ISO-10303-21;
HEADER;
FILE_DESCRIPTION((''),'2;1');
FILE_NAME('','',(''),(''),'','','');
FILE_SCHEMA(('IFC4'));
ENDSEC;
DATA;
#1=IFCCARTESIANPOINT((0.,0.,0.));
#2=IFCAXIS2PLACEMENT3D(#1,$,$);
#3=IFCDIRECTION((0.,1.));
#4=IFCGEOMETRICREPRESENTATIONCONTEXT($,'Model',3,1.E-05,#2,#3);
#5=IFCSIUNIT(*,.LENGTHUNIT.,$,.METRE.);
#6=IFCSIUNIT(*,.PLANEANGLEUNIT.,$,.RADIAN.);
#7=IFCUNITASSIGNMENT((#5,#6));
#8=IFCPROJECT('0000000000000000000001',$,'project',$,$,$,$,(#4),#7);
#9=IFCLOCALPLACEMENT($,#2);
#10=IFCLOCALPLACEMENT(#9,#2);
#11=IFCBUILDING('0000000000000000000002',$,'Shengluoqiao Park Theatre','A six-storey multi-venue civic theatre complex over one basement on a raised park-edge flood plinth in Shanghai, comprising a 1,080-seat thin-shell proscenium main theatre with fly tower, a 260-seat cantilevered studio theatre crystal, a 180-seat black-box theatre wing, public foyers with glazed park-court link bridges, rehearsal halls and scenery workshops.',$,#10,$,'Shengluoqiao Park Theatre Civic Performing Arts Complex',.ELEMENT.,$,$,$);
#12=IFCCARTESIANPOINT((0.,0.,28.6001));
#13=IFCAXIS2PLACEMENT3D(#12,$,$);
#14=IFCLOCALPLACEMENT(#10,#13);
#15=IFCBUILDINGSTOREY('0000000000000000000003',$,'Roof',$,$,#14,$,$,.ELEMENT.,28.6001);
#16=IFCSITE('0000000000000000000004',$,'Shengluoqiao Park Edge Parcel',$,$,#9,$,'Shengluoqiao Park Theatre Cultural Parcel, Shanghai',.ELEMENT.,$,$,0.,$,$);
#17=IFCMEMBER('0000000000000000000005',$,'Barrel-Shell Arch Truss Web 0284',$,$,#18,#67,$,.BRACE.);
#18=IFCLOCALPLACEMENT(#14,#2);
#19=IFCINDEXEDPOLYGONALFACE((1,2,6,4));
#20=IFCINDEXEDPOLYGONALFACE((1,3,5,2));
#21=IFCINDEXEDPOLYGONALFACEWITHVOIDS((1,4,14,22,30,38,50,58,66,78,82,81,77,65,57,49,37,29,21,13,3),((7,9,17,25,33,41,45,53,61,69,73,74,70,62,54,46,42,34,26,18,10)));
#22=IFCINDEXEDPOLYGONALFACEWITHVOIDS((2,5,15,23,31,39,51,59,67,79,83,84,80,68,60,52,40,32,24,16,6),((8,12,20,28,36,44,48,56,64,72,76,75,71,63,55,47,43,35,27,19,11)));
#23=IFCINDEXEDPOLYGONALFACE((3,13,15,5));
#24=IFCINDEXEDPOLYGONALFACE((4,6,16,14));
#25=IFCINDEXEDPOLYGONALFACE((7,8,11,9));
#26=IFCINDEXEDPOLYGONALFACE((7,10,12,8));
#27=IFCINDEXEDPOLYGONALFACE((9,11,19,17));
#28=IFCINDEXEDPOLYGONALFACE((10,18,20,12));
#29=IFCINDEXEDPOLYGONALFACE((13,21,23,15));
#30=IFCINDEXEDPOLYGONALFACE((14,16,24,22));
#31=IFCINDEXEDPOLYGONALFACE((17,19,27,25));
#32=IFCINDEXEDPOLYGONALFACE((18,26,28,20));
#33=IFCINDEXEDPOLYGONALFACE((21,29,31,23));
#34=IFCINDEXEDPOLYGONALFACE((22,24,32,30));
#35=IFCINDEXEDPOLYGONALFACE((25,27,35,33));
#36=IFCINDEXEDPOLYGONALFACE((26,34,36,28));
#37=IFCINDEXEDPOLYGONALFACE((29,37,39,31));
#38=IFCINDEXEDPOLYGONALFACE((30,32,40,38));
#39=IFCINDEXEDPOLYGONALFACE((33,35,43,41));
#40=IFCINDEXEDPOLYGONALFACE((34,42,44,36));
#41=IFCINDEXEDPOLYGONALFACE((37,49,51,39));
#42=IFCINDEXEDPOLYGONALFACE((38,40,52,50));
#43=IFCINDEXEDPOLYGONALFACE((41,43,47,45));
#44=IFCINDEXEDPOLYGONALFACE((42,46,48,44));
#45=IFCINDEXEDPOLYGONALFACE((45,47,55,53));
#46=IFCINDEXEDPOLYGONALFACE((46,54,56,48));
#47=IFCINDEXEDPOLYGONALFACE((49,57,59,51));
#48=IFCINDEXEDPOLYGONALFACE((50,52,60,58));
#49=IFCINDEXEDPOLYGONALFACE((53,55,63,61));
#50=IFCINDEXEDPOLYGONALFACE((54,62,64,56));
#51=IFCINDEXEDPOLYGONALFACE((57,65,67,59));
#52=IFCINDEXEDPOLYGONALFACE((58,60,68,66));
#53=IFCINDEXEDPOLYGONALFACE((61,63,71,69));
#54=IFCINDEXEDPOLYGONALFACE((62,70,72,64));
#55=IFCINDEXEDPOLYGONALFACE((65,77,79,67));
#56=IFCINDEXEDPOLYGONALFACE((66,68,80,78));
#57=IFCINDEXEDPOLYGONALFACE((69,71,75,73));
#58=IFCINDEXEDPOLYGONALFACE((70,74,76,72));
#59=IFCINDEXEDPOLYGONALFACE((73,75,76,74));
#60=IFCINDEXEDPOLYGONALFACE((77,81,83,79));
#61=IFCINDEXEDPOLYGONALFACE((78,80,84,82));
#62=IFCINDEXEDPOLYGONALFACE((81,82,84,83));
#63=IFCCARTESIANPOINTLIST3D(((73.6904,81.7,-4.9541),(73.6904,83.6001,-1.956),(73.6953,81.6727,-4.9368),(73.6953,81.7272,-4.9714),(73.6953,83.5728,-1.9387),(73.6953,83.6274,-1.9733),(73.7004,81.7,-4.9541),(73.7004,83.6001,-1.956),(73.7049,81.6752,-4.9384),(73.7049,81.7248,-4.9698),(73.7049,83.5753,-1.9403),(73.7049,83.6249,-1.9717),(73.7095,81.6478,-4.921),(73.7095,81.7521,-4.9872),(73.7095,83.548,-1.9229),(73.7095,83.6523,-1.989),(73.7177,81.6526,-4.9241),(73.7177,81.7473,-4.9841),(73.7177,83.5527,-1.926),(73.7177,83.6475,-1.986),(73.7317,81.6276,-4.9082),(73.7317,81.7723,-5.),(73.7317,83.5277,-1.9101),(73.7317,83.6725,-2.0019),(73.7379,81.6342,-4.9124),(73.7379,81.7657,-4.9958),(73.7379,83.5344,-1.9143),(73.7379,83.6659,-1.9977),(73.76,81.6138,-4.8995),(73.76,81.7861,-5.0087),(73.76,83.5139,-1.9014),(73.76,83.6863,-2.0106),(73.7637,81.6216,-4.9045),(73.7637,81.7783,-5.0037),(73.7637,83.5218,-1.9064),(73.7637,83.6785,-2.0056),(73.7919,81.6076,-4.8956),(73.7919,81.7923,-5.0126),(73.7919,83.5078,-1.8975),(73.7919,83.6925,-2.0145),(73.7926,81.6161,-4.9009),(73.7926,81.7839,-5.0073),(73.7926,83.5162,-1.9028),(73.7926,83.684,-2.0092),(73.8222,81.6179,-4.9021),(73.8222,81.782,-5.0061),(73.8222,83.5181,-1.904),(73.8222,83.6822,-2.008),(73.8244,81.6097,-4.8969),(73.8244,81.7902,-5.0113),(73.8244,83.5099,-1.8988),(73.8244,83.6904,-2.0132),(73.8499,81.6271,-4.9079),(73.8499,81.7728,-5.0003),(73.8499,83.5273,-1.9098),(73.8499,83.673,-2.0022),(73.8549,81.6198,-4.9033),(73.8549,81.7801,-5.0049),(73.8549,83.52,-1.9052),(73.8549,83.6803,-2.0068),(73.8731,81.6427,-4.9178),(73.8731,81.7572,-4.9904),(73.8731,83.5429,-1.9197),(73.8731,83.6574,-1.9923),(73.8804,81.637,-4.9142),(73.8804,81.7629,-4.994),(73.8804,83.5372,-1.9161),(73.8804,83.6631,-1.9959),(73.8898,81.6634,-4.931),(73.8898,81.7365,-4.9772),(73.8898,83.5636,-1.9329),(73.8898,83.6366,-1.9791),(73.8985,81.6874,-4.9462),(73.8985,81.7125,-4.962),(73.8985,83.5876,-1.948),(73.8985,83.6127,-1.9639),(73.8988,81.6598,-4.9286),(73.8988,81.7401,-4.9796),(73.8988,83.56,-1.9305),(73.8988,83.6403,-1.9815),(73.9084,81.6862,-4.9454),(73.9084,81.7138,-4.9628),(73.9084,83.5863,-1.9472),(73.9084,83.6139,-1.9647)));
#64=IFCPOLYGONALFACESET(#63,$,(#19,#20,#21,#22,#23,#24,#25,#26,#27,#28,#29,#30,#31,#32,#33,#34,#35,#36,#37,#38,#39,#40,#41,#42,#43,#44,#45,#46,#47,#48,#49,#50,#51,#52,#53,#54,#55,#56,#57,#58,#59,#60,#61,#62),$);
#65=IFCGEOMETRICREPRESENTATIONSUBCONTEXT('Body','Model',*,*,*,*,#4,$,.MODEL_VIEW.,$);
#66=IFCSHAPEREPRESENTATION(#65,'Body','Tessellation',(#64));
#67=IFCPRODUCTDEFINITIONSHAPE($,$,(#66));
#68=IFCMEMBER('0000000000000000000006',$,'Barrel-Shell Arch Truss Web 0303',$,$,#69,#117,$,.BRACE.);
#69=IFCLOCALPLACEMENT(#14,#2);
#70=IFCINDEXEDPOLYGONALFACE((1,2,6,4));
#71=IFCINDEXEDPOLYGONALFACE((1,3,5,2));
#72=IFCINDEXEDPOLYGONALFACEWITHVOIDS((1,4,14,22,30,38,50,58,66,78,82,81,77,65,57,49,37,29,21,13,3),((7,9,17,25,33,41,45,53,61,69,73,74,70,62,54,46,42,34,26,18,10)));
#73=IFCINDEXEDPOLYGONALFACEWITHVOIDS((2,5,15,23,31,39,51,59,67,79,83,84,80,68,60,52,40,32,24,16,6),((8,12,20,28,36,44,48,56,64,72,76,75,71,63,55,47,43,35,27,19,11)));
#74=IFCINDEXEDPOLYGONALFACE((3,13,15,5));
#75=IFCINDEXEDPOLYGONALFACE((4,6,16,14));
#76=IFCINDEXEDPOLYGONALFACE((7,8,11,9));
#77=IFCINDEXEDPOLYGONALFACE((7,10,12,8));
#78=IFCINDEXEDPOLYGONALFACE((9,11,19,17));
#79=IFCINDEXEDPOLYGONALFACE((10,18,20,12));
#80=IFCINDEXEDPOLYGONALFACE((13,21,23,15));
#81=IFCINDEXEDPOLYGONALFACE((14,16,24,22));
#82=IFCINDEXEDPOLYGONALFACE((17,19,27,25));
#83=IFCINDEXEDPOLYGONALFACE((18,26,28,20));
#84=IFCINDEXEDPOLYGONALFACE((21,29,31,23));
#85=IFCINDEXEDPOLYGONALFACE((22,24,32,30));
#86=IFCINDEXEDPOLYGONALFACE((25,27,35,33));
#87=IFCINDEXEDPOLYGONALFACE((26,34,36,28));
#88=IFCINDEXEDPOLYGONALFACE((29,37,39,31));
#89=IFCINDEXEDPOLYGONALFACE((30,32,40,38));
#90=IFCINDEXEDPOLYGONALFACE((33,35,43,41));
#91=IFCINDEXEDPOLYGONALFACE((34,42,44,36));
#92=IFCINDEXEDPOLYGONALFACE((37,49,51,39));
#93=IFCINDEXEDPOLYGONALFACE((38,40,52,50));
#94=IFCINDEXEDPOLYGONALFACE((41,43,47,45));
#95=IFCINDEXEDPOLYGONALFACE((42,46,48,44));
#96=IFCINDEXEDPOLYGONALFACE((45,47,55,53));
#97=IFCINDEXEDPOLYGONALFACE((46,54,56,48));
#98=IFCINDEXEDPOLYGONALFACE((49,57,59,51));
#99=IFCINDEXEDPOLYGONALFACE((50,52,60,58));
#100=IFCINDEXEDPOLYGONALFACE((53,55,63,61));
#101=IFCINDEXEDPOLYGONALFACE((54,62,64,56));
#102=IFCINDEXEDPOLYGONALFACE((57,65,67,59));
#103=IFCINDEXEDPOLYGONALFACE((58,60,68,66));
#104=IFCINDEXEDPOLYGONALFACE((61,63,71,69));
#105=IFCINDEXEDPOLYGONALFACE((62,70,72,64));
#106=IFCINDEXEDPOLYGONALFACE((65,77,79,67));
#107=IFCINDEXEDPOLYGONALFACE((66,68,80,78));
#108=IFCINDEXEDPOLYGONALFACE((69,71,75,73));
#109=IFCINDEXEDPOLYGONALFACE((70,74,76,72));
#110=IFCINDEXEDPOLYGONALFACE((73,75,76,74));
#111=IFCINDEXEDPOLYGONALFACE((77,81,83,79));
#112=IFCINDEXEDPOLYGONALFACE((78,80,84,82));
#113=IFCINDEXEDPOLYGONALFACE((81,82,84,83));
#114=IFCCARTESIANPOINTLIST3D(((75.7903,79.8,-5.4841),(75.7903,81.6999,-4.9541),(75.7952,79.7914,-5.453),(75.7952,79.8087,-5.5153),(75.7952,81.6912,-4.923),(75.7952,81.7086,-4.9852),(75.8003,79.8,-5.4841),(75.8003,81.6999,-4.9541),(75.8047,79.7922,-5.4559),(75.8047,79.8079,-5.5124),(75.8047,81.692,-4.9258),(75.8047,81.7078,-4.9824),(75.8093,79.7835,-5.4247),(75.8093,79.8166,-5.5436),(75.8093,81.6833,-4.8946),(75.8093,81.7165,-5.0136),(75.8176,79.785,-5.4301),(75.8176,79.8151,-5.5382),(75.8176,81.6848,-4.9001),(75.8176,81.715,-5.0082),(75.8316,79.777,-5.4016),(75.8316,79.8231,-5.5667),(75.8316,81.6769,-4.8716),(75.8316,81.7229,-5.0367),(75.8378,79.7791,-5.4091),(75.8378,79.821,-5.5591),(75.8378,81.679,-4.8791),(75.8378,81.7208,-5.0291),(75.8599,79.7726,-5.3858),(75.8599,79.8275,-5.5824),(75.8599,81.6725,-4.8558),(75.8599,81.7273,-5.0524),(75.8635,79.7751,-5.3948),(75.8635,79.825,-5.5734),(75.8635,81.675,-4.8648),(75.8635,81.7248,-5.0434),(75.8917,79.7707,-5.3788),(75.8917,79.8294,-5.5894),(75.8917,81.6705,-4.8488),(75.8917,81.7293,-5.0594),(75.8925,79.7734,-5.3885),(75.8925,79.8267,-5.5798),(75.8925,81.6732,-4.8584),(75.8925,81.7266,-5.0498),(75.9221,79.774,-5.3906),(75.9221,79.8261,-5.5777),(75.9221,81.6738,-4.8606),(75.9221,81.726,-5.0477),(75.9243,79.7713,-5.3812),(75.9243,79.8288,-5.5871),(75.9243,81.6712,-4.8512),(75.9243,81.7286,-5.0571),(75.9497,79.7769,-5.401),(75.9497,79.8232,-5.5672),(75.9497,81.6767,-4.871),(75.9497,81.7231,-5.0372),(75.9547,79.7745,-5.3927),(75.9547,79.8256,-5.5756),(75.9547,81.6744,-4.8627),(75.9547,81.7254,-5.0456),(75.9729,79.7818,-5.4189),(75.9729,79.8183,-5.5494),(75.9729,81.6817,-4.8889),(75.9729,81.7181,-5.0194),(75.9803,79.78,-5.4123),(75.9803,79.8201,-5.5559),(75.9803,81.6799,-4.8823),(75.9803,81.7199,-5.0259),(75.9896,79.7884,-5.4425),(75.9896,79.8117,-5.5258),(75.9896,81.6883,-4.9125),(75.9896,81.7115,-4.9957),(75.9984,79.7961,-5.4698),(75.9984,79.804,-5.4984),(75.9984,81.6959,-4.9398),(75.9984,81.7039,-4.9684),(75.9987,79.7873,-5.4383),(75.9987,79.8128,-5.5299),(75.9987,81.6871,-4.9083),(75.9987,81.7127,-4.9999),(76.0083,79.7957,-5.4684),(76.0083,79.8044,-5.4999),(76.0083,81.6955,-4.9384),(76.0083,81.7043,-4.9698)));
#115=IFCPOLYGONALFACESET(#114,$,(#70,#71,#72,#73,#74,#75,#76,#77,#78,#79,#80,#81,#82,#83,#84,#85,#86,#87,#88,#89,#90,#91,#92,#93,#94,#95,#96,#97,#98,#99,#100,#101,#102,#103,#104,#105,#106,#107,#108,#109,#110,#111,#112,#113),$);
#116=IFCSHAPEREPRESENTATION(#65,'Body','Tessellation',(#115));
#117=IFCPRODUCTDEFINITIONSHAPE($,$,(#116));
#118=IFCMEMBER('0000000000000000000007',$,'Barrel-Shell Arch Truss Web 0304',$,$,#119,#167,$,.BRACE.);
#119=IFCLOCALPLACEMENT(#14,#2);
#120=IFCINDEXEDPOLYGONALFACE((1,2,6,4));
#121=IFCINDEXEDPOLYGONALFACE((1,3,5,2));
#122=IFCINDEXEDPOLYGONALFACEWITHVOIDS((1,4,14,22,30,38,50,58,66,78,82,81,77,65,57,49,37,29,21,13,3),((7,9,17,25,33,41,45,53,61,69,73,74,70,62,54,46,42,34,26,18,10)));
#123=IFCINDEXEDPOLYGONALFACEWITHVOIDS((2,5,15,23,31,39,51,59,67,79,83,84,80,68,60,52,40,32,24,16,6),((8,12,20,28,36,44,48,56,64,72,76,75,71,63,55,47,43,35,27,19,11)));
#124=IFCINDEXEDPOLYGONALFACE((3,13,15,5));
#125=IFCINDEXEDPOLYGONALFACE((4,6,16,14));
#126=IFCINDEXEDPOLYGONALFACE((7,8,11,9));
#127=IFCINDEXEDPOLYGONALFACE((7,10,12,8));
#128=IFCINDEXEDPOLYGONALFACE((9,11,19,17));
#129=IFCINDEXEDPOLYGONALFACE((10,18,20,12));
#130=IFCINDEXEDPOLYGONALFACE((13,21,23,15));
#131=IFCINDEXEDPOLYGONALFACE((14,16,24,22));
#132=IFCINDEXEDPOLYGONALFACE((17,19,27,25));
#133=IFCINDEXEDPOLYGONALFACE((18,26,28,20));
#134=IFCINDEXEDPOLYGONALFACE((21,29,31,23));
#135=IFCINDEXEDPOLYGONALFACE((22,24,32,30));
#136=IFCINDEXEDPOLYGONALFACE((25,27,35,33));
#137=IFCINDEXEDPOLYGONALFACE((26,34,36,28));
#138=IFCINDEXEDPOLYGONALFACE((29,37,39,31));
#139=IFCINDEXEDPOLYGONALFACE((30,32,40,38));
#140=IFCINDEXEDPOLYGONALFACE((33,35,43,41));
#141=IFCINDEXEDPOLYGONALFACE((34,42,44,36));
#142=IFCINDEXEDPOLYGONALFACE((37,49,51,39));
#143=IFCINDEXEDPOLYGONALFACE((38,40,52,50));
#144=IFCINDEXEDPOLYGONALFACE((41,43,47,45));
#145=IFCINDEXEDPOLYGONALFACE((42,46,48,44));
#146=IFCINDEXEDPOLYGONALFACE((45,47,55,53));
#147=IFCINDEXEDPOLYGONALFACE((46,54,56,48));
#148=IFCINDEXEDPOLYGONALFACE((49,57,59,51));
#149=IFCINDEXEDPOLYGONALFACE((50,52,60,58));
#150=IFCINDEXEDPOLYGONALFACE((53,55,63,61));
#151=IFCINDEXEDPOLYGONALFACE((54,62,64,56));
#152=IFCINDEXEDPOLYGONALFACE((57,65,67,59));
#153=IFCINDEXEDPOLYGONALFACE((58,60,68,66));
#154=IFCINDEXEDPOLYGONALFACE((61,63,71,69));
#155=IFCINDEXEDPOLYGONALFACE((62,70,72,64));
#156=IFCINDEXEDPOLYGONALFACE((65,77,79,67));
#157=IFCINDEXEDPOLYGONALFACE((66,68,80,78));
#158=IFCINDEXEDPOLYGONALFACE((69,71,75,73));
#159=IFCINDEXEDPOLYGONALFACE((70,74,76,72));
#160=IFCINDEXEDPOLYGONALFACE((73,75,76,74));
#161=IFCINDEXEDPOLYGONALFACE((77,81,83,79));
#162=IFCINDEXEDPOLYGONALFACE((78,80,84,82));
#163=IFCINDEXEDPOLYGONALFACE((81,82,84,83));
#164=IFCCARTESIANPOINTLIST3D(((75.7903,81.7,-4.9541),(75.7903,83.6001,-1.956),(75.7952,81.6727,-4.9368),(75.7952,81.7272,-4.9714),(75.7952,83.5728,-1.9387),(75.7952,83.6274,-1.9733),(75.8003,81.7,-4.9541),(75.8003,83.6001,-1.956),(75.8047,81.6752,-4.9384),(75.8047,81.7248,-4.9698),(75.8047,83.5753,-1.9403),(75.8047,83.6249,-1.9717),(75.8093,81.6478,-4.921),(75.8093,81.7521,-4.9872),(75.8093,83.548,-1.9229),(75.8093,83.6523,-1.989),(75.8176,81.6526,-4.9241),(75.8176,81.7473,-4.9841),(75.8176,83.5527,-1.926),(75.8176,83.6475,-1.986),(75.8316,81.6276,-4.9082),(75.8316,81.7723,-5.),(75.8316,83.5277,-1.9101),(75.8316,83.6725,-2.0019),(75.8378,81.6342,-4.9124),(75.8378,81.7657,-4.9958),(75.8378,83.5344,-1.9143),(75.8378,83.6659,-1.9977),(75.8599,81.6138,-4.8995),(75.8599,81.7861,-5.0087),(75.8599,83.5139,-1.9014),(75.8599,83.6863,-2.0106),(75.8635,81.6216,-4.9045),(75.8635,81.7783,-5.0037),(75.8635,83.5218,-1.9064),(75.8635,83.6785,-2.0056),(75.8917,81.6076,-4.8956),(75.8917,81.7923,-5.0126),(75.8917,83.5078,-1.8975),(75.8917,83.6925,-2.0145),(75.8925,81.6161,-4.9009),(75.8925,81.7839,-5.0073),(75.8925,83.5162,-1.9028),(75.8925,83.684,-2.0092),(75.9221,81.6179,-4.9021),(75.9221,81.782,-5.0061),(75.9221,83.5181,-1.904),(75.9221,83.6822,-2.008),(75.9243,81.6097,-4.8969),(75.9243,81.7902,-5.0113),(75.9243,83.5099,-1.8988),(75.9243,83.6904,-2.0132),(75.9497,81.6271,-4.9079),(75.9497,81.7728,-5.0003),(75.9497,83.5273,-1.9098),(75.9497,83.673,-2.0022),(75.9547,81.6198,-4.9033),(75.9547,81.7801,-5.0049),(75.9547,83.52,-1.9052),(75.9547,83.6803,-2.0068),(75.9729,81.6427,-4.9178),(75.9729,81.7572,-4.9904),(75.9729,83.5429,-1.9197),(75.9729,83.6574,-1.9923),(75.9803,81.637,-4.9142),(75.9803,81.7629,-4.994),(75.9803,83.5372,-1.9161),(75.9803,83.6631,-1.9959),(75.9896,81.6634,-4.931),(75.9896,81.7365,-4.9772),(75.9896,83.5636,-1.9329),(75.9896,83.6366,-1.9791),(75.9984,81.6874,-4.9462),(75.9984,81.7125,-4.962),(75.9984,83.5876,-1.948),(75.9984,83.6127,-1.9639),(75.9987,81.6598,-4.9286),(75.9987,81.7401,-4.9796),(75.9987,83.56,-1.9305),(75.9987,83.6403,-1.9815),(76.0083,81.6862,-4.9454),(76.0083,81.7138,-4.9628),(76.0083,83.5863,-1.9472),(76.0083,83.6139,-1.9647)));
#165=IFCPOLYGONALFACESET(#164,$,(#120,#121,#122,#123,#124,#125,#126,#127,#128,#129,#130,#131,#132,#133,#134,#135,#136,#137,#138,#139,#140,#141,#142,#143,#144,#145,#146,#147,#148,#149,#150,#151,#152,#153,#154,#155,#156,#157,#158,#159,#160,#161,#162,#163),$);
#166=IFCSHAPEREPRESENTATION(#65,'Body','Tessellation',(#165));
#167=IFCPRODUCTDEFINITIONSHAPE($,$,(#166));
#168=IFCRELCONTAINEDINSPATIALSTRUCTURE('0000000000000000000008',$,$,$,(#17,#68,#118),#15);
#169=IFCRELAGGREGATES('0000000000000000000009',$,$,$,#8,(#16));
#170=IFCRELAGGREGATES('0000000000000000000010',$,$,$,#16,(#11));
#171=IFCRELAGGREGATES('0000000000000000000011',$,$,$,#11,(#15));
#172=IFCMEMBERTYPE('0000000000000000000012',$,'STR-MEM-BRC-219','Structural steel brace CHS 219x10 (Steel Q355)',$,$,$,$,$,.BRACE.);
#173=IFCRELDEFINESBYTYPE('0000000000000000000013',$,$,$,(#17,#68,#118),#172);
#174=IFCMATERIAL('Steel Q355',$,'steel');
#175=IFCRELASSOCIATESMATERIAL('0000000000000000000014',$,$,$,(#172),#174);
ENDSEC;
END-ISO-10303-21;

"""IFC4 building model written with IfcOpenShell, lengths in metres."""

from ifc_helpers import new_model, si_unit, direction, frame, origin, origin_2d, place, context, subcontext, project, spatial, hollow_circle, extrude, material, material_profile, profile_set, type_object, element, save


model = new_model("IFC4")

# Units and contexts
model_context = context("Model", 3, precision=1e-05, world=origin(), true_north=direction((0.0, 1.0)))
body_context = subcontext(model_context, "Body", "Model", "MODEL_VIEW")
ifc_project = project(units=[si_unit("LENGTHUNIT", "METRE"), si_unit("PLANEANGLEUNIT", "RADIAN")], contexts=[model_context])

# Site, building, storey
site_placement = place(None, origin())
site = spatial("IfcSite", under=ifc_project, at=site_placement, Name="Shengluoqiao Park Edge Parcel", LongName="Shengluoqiao Park Theatre Cultural Parcel, Shanghai", CompositionType="ELEMENT", RefElevation=0.0)
building_placement = place(site_placement, origin())
building = spatial("IfcBuilding", under=site, at=building_placement, Name="Shengluoqiao Park Theatre", Description="A six-storey multi-venue civic theatre complex over one basement on a raised park-edge flood plinth in Shanghai, comprising a 1,080-seat thin-shell proscenium main theatre with fly tower, a 260-seat cantilevered studio theatre crystal, a 180-seat black-box theatre wing, public foyers with glazed park-court link bridges, rehearsal halls and scenery workshops.", LongName="Shengluoqiao Park Theatre Civic Performing Arts Complex", CompositionType="ELEMENT")
storey_placement = place(building_placement, frame((0.0, 0.0, 28.6001)))
storey = spatial("IfcBuildingStorey", under=building, at=storey_placement, Name="Roof", CompositionType="ELEMENT", Elevation=28.6001)

# Shared definitions
ifc_material_1 = material(Name="Steel Q355", Category="steel")

# Members
ifc_material_profile_1 = material_profile(ifc_material_1, hollow_circle(Radius=0.1096, WallThickness=0.01, at=origin_2d()), Name="CHS 219x10")
ifc_profile_set_1 = profile_set([ifc_material_profile_1], Name="Steel Q355")
member_type_1 = type_object("IfcMemberType", Name="STR-MEM-BRC-219", Description="Structural steel brace CHS 219x10 (Steel Q355)", PredefinedType="BRACE", material=ifc_profile_set_1)
member_1_placement = place(storey_placement, frame((73.8, 81.7, -4.9541), z_axis=(0.0, 0.53533, 0.844643), x_axis=(-1.0, 0.0, 0.0)))
element("IfcMember", 1, at=member_1_placement, inside=storey, type_object=member_type_1, Name="Barrel-Shell Arch Truss Web 0284", PredefinedType="BRACE", context=body_context, shape_type="SweptSolid", body=[
    extrude(hollow_circle(Radius=0.1096, WallThickness=0.01, at=origin_2d()), origin(), (0.0, 0.0, 1.0), 3.5496),
])
member_2_placement = place(storey_placement, frame((75.8999, 79.8, -5.4841), z_axis=(0.0, 0.963219, 0.268716), x_axis=(-1.0, 0.0, 0.0)))
element("IfcMember", 2, at=member_2_placement, inside=storey, type_object=member_type_1, Name="Barrel-Shell Arch Truss Web 0303", PredefinedType="BRACE", context=body_context, shape_type="SweptSolid", body=[
    extrude(hollow_circle(Radius=0.1096, WallThickness=0.01, at=origin_2d()), origin(), (0.0, 0.0, 1.0), 1.9724),
])
member_3_placement = place(storey_placement, frame((75.8999, 81.7, -4.9541), z_axis=(0.0, 0.53533, 0.844643), x_axis=(-1.0, 0.0, 0.0)))
element("IfcMember", 3, at=member_3_placement, inside=storey, type_object=member_type_1, Name="Barrel-Shell Arch Truss Web 0304", PredefinedType="BRACE", context=body_context, shape_type="SweptSolid", body=[
    extrude(hollow_circle(Radius=0.1096, WallThickness=0.01, at=origin_2d()), origin(), (0.0, 0.0, 1.0), 3.5496),
])

save(model, "model.ifc")
